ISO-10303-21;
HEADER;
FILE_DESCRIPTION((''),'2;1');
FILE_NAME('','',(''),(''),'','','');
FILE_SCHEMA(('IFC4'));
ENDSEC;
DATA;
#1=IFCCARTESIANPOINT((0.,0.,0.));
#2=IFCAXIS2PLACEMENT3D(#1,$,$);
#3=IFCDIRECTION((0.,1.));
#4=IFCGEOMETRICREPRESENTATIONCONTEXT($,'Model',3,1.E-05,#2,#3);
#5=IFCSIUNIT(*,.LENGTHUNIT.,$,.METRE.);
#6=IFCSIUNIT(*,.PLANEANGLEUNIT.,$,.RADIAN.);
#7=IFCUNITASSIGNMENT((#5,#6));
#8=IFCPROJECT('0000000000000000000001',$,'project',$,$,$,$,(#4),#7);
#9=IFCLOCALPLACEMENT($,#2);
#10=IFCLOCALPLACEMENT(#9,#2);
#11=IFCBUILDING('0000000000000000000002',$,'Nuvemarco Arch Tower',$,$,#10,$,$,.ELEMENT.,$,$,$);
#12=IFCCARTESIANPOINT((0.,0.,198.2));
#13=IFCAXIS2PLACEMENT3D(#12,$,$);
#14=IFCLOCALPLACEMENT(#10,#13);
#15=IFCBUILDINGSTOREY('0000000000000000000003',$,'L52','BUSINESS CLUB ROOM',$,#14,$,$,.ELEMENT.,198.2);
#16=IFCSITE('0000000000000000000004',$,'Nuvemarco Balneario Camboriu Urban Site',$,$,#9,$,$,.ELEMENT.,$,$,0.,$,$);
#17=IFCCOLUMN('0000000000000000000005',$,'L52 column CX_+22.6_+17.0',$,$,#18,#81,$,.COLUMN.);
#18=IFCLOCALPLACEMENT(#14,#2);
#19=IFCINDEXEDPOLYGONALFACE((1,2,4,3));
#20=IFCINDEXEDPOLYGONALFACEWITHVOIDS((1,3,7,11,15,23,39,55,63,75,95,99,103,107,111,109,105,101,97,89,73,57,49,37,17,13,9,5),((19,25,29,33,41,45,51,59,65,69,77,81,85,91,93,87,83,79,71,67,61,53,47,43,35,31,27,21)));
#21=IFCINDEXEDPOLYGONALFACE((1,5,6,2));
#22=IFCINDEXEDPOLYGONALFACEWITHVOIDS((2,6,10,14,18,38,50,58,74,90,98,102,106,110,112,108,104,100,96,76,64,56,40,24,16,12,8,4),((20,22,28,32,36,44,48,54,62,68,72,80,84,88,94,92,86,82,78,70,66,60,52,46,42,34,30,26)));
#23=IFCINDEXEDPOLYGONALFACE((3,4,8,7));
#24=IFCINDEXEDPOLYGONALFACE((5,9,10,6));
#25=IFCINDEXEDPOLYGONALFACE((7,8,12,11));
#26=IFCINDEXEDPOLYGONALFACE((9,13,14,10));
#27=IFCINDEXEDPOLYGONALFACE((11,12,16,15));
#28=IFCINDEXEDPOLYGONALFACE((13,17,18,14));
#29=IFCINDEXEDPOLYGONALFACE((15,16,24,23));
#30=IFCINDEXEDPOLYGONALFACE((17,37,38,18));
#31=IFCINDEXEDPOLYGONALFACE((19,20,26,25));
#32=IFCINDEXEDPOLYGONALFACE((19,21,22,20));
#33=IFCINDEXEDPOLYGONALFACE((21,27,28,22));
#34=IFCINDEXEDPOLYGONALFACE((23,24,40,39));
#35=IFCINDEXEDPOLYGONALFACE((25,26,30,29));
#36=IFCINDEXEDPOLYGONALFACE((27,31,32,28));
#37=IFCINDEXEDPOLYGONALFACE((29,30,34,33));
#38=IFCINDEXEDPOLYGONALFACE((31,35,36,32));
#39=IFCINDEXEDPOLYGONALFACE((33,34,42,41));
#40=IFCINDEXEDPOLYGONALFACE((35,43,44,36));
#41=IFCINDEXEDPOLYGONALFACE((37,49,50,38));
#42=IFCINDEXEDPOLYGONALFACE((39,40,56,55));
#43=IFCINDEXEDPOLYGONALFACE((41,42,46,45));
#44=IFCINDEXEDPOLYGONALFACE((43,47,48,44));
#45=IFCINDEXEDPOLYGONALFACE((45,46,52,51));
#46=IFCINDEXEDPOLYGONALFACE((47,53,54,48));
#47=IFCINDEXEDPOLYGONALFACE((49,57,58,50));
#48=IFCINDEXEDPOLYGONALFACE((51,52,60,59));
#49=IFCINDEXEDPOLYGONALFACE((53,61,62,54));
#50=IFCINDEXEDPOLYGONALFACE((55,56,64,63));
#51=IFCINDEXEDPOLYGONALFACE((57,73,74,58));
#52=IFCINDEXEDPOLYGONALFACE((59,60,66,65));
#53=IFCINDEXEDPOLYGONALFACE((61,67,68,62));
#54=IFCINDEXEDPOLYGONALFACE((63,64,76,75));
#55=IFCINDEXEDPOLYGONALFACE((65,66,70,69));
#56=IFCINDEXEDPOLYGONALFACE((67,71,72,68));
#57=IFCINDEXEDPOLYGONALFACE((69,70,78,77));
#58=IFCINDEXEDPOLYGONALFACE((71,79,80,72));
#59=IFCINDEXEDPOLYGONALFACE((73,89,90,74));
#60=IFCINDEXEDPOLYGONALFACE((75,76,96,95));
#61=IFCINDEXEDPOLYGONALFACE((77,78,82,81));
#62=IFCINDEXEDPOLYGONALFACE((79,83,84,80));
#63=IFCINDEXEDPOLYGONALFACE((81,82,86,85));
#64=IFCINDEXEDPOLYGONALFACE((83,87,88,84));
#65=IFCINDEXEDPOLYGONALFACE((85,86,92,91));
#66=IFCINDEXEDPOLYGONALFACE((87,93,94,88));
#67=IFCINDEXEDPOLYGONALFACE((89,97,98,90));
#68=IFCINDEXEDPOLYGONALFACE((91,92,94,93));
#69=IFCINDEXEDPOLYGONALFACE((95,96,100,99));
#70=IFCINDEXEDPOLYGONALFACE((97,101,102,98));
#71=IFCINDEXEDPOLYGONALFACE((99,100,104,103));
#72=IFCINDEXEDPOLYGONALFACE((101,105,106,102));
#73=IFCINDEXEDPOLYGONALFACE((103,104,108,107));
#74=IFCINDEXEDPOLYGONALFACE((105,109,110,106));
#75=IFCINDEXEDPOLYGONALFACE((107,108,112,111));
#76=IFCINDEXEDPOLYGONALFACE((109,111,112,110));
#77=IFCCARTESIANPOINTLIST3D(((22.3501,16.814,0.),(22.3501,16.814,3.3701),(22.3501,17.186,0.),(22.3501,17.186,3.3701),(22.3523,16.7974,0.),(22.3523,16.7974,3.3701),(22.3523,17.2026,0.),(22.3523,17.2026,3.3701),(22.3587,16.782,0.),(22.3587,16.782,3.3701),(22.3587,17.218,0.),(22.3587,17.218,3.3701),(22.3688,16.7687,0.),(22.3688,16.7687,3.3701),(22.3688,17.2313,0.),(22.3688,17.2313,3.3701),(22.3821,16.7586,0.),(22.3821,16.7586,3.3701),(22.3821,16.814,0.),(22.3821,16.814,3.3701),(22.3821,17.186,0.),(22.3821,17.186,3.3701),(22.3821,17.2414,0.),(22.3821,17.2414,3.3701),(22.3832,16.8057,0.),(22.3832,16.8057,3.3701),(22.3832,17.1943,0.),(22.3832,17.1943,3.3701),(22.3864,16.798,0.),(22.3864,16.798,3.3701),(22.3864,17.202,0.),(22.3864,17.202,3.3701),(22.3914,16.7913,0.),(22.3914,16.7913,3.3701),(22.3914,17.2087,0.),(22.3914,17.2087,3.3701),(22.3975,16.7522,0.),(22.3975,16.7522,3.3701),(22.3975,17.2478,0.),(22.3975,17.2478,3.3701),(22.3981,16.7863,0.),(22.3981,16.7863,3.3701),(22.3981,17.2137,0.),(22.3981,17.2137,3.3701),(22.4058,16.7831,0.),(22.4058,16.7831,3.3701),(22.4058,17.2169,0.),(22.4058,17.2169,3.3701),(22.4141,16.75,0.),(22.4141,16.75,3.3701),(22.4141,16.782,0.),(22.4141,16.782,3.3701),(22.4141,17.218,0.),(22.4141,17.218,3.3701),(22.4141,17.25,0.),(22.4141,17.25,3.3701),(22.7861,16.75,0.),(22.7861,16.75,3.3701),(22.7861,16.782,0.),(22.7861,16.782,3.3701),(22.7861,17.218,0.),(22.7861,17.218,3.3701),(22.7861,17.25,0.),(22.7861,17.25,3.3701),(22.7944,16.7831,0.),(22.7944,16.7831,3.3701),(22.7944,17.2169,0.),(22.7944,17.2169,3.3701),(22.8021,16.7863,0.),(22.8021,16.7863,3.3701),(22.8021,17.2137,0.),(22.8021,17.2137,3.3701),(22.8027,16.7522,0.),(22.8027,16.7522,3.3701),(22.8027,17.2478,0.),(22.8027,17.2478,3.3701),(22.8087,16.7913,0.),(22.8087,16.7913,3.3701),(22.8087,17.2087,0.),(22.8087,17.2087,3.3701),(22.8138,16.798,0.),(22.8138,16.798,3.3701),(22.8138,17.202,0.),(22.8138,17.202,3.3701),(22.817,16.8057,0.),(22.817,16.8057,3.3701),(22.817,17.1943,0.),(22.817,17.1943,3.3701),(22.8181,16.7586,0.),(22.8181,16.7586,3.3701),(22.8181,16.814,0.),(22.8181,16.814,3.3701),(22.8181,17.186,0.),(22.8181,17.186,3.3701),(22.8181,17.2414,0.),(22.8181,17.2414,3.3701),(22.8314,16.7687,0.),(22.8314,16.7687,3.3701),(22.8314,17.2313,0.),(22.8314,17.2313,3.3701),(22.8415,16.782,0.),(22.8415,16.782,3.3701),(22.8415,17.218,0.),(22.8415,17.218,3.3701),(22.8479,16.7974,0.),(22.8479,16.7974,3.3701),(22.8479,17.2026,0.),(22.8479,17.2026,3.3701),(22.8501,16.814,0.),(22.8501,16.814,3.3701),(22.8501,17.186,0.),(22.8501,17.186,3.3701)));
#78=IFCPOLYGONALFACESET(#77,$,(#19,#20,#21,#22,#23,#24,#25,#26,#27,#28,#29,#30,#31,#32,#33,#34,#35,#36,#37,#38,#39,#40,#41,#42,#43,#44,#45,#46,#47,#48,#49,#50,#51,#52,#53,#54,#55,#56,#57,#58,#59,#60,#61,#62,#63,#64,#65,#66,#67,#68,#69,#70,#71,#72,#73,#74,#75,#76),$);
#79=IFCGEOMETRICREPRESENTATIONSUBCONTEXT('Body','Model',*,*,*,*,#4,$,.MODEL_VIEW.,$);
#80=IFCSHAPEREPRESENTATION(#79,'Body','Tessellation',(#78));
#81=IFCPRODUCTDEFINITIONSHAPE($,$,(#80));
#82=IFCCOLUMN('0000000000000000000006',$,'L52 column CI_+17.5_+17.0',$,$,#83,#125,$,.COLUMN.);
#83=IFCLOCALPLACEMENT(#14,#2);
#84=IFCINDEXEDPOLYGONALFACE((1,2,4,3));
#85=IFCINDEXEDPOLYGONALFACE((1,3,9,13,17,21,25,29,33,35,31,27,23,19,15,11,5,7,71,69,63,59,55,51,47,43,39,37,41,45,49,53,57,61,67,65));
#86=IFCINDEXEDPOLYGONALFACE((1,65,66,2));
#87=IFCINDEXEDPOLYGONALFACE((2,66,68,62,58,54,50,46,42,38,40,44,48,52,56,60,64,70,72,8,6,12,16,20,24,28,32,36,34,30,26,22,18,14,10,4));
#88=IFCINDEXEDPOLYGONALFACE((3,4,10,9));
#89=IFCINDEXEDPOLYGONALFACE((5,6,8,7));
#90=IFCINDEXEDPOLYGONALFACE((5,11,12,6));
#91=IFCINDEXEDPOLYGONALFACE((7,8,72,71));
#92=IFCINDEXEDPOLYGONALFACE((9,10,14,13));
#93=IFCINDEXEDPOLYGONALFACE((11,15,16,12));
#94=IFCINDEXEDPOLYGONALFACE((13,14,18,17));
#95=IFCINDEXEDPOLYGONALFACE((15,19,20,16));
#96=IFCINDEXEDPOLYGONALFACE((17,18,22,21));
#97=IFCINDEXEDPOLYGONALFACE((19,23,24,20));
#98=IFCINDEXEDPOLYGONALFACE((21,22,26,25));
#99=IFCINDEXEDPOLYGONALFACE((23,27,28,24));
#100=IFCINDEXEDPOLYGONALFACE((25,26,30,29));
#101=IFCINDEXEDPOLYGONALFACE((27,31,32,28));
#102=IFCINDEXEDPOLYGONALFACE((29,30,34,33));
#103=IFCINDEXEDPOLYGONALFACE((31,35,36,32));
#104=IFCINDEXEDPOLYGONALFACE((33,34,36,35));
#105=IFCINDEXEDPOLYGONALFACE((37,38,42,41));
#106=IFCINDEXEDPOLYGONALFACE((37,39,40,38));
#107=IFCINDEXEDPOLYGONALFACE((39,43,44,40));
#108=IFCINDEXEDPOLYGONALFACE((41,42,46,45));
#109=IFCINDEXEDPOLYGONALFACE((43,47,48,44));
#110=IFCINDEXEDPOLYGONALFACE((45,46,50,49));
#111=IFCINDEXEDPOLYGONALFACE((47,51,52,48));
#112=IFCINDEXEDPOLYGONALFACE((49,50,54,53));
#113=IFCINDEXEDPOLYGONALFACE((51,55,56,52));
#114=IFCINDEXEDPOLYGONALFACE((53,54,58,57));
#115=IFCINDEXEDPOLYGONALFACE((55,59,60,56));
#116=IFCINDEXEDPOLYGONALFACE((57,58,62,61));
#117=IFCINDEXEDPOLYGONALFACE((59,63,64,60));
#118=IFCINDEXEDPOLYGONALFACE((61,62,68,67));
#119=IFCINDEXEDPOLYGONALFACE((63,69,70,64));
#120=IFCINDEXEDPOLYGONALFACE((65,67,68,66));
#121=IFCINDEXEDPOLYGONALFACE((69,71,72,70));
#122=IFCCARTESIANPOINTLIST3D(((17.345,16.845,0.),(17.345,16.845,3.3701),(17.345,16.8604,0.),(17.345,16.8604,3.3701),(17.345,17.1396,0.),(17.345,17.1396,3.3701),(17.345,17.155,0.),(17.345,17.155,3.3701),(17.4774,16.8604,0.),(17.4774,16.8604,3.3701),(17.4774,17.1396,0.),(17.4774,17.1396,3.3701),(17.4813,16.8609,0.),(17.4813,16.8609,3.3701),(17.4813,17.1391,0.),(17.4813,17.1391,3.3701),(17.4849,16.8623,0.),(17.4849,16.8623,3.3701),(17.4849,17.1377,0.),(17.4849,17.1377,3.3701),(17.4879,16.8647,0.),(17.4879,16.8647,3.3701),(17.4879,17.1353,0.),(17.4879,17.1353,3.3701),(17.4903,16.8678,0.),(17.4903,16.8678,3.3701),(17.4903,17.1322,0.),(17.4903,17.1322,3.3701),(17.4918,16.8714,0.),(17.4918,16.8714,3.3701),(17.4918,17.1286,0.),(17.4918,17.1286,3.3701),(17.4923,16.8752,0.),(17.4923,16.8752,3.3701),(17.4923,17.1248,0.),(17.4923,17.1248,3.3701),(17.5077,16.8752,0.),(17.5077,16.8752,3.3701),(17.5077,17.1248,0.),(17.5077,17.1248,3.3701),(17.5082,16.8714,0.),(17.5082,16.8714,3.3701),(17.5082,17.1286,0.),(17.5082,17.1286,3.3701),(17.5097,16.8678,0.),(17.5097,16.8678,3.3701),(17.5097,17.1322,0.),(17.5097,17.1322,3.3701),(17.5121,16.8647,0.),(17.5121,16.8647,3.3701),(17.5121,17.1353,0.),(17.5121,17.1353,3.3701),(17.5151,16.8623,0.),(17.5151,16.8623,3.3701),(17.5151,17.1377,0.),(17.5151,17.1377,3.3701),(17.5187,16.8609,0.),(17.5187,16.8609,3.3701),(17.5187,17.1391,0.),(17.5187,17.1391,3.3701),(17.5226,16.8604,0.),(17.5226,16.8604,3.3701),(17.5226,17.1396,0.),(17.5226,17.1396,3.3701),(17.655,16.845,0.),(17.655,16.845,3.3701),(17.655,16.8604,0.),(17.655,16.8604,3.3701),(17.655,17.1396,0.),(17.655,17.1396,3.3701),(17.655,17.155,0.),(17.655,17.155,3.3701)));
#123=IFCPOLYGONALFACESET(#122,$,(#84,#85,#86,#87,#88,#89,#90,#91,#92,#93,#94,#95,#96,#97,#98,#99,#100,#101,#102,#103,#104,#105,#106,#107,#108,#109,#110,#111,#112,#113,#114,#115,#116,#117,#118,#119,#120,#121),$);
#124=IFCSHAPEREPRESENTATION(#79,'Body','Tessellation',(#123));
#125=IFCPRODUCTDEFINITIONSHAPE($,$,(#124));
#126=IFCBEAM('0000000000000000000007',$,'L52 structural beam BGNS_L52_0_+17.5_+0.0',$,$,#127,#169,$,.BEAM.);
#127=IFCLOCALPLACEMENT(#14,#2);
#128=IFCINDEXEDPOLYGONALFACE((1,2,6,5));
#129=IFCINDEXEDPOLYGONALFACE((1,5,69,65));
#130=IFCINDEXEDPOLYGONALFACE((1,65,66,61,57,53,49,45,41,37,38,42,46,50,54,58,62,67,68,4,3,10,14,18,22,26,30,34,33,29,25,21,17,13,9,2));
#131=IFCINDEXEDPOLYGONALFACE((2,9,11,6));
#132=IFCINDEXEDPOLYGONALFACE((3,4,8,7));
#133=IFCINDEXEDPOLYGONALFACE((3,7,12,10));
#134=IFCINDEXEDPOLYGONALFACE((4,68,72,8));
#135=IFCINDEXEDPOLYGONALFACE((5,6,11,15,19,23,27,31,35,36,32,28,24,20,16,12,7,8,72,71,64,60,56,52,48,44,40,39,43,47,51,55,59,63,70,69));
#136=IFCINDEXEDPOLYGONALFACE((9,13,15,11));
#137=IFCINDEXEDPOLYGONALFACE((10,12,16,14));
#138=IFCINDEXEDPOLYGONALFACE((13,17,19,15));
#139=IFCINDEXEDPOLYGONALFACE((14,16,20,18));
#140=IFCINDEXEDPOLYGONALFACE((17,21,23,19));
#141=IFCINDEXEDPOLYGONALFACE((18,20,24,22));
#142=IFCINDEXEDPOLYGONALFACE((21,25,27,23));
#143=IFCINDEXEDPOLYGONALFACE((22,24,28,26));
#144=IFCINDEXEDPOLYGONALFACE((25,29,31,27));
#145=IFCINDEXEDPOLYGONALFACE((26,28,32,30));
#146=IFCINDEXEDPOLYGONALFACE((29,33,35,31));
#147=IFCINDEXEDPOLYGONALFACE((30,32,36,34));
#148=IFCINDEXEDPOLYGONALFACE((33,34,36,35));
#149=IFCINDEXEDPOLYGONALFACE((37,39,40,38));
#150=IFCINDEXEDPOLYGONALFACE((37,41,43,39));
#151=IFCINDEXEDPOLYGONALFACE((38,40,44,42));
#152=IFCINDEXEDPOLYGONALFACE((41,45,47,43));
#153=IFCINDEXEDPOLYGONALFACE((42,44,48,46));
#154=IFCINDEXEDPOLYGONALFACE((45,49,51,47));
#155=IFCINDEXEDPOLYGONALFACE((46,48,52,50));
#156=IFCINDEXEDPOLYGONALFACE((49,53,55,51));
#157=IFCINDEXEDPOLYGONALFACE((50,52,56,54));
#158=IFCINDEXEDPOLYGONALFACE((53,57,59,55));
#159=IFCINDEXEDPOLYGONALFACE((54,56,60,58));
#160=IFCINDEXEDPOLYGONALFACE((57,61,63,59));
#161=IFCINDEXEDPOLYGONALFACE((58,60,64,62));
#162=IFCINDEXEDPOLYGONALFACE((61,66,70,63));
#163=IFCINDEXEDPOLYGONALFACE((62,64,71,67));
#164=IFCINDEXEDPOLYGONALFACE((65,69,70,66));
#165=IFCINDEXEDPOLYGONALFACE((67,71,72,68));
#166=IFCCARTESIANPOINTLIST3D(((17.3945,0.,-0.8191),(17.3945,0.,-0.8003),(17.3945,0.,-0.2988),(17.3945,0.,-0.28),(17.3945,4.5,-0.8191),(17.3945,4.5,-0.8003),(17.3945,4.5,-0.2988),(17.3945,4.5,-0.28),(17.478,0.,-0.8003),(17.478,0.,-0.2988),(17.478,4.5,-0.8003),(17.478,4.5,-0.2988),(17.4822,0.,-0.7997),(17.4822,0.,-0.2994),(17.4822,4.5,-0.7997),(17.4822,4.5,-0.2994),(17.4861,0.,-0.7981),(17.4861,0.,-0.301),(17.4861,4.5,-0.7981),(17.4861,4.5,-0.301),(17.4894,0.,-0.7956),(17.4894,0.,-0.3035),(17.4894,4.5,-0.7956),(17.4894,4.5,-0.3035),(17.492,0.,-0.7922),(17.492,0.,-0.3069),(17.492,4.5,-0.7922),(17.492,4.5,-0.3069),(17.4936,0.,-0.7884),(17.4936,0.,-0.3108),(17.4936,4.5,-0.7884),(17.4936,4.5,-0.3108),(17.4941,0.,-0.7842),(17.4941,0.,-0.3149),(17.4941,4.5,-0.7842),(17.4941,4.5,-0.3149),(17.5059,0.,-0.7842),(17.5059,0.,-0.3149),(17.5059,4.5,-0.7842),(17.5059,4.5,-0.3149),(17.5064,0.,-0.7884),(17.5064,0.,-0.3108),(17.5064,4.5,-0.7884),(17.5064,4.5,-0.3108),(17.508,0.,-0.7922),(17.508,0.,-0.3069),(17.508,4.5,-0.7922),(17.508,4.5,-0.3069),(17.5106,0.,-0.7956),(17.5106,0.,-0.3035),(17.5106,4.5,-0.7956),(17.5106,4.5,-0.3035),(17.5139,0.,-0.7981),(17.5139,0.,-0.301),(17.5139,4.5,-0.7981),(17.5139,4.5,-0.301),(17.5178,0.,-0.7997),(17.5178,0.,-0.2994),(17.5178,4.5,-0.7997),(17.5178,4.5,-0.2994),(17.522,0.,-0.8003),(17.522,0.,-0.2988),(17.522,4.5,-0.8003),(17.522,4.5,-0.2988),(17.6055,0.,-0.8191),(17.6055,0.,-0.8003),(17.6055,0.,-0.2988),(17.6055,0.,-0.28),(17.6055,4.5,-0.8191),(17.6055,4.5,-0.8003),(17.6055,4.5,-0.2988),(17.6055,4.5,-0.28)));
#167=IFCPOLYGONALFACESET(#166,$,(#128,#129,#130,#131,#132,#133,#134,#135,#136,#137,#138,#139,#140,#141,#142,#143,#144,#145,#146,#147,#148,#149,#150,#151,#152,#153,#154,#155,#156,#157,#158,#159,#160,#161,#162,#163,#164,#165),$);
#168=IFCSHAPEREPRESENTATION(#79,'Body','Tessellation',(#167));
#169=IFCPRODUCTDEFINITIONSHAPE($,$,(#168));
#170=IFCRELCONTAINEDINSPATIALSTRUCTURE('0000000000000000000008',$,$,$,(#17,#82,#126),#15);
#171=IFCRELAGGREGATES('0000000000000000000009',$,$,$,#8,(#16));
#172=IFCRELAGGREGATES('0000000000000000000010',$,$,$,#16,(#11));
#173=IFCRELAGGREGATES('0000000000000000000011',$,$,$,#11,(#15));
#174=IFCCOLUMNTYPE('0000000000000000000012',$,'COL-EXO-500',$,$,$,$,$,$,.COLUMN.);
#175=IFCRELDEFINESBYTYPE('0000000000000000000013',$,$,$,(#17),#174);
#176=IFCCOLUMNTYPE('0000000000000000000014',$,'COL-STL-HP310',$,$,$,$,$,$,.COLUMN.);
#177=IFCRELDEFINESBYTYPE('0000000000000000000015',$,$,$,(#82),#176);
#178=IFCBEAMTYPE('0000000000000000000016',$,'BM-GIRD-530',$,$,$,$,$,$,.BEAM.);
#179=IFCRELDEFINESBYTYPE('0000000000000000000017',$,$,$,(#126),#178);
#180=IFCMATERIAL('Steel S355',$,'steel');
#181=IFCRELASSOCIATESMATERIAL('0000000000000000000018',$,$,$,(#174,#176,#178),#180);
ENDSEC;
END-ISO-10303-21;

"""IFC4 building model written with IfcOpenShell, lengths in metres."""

from ifc_helpers import new_model, si_unit, direction, frame, origin, origin_2d, place, context, subcontext, project, spatial, hollow_rectangle, i_section, extrude, material, material_profile, profile_set, type_object, element, save


model = new_model("IFC4")

# Units and contexts
model_context = context("Model", 3, precision=1e-05, world=origin(), true_north=direction((0.0, 1.0)))
body_context = subcontext(model_context, "Body", "Model", "MODEL_VIEW")
ifc_project = project(units=[si_unit("LENGTHUNIT", "METRE"), si_unit("PLANEANGLEUNIT", "RADIAN")], contexts=[model_context])

# Site, building, storey
site_placement = place(None, origin())
site = spatial("IfcSite", under=ifc_project, at=site_placement, Name="Nuvemarco Balneario Camboriu Urban Site", CompositionType="ELEMENT", RefElevation=0.0)
building_placement = place(site_placement, origin())
building = spatial("IfcBuilding", under=site, at=building_placement, Name="Nuvemarco Arch Tower", CompositionType="ELEMENT")
storey_placement = place(building_placement, frame((0.0, 0.0, 198.2)))
storey = spatial("IfcBuildingStorey", under=building, at=storey_placement, Name="L52", Description="BUSINESS CLUB ROOM", CompositionType="ELEMENT", Elevation=198.2)

# Columns
ifc_material_1 = material(Name="Steel S355", Category="steel")
ifc_material_profile_1 = material_profile(ifc_material_1, hollow_rectangle(XDim=0.5, YDim=0.5, WallThickness=0.032, InnerFilletRadius=0.032, OuterFilletRadius=0.064, at=origin_2d()), Name="SHS500x500x32")
ifc_profile_set_1 = profile_set([ifc_material_profile_1], Name="Steel S355")
column_type_1 = type_object("IfcColumnType", Name="COL-EXO-500", PredefinedType="COLUMN", material=ifc_profile_set_1)
for number, where, z_axis, x_axis, name in (
    (1, (22.6001, 17.0, 0.0), (0.0, 0.0, 1.0), (1.0, 0.0, 0.0), "L52 column CX_+22.6_+17.0"),
):
    element("IfcColumn", number, at=place(storey_placement, frame(where, z_axis=z_axis, x_axis=x_axis)), inside=storey, type_object=column_type_1, Name=name, PredefinedType="COLUMN", context=body_context, shape_type="SweptSolid", body=[
        extrude(hollow_rectangle(XDim=0.5, YDim=0.5, WallThickness=0.032, InnerFilletRadius=0.032, OuterFilletRadius=0.064, at=origin_2d()), origin(), (0.0, 0.0, 1.0), 3.3701),
    ])
ifc_material_profile_2 = material_profile(ifc_material_1, i_section(OverallWidth=0.3101, OverallDepth=0.3101, WebThickness=0.0154, FlangeThickness=0.0154, FilletRadius=0.0149, at=origin_2d()), Name="HP310x110")
ifc_profile_set_2 = profile_set([ifc_material_profile_2], Name="Steel S355")
column_type_2 = type_object("IfcColumnType", Name="COL-STL-HP310", PredefinedType="COLUMN", material=ifc_profile_set_2)
column_placement = place(storey_placement, frame((17.5, 17.0, 0.0), z_axis=(0.0, 0.0, 1.0), x_axis=(1.0, 0.0, 0.0)))
element("IfcColumn", 2, at=column_placement, inside=storey, type_object=column_type_2, Name="L52 column CI_+17.5_+17.0", PredefinedType="COLUMN", context=body_context, shape_type="SweptSolid", body=[
    extrude(i_section(OverallWidth=0.3101, OverallDepth=0.3101, WebThickness=0.0154, FlangeThickness=0.0154, FilletRadius=0.0149, at=origin_2d()), origin(), (0.0, 0.0, 1.0), 3.3701),
])

# Beam
ifc_material_profile_3 = material_profile(ifc_material_1, i_section(OverallWidth=0.2109, OverallDepth=0.5391, WebThickness=0.0117, FlangeThickness=0.0188, FilletRadius=0.0161, at=origin_2d()), Name="W530x109")
ifc_profile_set_3 = profile_set([ifc_material_profile_3], Name="Steel S355")
beam_type_1 = type_object("IfcBeamType", Name="BM-GIRD-530", PredefinedType="BEAM", material=ifc_profile_set_3)
beam_1_placement = place(storey_placement, frame((17.5, 0.0, -0.5496), z_axis=(0.0, 1.0, 0.0), x_axis=(-1.0, 0.0, 0.0)))
element("IfcBeam", 3, at=beam_1_placement, inside=storey, type_object=beam_type_1, Name="L52 structural beam BGNS_L52_0_+17.5_+0.0", PredefinedType="BEAM", context=body_context, shape_type="SweptSolid", body=[
    extrude(i_section(OverallWidth=0.2109, OverallDepth=0.5391, WebThickness=0.0117, FlangeThickness=0.0188, FilletRadius=0.0161, at=origin_2d()), origin(), (0.0, 0.0, 1.0), 4.5),
])

save(model, "model.ifc")
